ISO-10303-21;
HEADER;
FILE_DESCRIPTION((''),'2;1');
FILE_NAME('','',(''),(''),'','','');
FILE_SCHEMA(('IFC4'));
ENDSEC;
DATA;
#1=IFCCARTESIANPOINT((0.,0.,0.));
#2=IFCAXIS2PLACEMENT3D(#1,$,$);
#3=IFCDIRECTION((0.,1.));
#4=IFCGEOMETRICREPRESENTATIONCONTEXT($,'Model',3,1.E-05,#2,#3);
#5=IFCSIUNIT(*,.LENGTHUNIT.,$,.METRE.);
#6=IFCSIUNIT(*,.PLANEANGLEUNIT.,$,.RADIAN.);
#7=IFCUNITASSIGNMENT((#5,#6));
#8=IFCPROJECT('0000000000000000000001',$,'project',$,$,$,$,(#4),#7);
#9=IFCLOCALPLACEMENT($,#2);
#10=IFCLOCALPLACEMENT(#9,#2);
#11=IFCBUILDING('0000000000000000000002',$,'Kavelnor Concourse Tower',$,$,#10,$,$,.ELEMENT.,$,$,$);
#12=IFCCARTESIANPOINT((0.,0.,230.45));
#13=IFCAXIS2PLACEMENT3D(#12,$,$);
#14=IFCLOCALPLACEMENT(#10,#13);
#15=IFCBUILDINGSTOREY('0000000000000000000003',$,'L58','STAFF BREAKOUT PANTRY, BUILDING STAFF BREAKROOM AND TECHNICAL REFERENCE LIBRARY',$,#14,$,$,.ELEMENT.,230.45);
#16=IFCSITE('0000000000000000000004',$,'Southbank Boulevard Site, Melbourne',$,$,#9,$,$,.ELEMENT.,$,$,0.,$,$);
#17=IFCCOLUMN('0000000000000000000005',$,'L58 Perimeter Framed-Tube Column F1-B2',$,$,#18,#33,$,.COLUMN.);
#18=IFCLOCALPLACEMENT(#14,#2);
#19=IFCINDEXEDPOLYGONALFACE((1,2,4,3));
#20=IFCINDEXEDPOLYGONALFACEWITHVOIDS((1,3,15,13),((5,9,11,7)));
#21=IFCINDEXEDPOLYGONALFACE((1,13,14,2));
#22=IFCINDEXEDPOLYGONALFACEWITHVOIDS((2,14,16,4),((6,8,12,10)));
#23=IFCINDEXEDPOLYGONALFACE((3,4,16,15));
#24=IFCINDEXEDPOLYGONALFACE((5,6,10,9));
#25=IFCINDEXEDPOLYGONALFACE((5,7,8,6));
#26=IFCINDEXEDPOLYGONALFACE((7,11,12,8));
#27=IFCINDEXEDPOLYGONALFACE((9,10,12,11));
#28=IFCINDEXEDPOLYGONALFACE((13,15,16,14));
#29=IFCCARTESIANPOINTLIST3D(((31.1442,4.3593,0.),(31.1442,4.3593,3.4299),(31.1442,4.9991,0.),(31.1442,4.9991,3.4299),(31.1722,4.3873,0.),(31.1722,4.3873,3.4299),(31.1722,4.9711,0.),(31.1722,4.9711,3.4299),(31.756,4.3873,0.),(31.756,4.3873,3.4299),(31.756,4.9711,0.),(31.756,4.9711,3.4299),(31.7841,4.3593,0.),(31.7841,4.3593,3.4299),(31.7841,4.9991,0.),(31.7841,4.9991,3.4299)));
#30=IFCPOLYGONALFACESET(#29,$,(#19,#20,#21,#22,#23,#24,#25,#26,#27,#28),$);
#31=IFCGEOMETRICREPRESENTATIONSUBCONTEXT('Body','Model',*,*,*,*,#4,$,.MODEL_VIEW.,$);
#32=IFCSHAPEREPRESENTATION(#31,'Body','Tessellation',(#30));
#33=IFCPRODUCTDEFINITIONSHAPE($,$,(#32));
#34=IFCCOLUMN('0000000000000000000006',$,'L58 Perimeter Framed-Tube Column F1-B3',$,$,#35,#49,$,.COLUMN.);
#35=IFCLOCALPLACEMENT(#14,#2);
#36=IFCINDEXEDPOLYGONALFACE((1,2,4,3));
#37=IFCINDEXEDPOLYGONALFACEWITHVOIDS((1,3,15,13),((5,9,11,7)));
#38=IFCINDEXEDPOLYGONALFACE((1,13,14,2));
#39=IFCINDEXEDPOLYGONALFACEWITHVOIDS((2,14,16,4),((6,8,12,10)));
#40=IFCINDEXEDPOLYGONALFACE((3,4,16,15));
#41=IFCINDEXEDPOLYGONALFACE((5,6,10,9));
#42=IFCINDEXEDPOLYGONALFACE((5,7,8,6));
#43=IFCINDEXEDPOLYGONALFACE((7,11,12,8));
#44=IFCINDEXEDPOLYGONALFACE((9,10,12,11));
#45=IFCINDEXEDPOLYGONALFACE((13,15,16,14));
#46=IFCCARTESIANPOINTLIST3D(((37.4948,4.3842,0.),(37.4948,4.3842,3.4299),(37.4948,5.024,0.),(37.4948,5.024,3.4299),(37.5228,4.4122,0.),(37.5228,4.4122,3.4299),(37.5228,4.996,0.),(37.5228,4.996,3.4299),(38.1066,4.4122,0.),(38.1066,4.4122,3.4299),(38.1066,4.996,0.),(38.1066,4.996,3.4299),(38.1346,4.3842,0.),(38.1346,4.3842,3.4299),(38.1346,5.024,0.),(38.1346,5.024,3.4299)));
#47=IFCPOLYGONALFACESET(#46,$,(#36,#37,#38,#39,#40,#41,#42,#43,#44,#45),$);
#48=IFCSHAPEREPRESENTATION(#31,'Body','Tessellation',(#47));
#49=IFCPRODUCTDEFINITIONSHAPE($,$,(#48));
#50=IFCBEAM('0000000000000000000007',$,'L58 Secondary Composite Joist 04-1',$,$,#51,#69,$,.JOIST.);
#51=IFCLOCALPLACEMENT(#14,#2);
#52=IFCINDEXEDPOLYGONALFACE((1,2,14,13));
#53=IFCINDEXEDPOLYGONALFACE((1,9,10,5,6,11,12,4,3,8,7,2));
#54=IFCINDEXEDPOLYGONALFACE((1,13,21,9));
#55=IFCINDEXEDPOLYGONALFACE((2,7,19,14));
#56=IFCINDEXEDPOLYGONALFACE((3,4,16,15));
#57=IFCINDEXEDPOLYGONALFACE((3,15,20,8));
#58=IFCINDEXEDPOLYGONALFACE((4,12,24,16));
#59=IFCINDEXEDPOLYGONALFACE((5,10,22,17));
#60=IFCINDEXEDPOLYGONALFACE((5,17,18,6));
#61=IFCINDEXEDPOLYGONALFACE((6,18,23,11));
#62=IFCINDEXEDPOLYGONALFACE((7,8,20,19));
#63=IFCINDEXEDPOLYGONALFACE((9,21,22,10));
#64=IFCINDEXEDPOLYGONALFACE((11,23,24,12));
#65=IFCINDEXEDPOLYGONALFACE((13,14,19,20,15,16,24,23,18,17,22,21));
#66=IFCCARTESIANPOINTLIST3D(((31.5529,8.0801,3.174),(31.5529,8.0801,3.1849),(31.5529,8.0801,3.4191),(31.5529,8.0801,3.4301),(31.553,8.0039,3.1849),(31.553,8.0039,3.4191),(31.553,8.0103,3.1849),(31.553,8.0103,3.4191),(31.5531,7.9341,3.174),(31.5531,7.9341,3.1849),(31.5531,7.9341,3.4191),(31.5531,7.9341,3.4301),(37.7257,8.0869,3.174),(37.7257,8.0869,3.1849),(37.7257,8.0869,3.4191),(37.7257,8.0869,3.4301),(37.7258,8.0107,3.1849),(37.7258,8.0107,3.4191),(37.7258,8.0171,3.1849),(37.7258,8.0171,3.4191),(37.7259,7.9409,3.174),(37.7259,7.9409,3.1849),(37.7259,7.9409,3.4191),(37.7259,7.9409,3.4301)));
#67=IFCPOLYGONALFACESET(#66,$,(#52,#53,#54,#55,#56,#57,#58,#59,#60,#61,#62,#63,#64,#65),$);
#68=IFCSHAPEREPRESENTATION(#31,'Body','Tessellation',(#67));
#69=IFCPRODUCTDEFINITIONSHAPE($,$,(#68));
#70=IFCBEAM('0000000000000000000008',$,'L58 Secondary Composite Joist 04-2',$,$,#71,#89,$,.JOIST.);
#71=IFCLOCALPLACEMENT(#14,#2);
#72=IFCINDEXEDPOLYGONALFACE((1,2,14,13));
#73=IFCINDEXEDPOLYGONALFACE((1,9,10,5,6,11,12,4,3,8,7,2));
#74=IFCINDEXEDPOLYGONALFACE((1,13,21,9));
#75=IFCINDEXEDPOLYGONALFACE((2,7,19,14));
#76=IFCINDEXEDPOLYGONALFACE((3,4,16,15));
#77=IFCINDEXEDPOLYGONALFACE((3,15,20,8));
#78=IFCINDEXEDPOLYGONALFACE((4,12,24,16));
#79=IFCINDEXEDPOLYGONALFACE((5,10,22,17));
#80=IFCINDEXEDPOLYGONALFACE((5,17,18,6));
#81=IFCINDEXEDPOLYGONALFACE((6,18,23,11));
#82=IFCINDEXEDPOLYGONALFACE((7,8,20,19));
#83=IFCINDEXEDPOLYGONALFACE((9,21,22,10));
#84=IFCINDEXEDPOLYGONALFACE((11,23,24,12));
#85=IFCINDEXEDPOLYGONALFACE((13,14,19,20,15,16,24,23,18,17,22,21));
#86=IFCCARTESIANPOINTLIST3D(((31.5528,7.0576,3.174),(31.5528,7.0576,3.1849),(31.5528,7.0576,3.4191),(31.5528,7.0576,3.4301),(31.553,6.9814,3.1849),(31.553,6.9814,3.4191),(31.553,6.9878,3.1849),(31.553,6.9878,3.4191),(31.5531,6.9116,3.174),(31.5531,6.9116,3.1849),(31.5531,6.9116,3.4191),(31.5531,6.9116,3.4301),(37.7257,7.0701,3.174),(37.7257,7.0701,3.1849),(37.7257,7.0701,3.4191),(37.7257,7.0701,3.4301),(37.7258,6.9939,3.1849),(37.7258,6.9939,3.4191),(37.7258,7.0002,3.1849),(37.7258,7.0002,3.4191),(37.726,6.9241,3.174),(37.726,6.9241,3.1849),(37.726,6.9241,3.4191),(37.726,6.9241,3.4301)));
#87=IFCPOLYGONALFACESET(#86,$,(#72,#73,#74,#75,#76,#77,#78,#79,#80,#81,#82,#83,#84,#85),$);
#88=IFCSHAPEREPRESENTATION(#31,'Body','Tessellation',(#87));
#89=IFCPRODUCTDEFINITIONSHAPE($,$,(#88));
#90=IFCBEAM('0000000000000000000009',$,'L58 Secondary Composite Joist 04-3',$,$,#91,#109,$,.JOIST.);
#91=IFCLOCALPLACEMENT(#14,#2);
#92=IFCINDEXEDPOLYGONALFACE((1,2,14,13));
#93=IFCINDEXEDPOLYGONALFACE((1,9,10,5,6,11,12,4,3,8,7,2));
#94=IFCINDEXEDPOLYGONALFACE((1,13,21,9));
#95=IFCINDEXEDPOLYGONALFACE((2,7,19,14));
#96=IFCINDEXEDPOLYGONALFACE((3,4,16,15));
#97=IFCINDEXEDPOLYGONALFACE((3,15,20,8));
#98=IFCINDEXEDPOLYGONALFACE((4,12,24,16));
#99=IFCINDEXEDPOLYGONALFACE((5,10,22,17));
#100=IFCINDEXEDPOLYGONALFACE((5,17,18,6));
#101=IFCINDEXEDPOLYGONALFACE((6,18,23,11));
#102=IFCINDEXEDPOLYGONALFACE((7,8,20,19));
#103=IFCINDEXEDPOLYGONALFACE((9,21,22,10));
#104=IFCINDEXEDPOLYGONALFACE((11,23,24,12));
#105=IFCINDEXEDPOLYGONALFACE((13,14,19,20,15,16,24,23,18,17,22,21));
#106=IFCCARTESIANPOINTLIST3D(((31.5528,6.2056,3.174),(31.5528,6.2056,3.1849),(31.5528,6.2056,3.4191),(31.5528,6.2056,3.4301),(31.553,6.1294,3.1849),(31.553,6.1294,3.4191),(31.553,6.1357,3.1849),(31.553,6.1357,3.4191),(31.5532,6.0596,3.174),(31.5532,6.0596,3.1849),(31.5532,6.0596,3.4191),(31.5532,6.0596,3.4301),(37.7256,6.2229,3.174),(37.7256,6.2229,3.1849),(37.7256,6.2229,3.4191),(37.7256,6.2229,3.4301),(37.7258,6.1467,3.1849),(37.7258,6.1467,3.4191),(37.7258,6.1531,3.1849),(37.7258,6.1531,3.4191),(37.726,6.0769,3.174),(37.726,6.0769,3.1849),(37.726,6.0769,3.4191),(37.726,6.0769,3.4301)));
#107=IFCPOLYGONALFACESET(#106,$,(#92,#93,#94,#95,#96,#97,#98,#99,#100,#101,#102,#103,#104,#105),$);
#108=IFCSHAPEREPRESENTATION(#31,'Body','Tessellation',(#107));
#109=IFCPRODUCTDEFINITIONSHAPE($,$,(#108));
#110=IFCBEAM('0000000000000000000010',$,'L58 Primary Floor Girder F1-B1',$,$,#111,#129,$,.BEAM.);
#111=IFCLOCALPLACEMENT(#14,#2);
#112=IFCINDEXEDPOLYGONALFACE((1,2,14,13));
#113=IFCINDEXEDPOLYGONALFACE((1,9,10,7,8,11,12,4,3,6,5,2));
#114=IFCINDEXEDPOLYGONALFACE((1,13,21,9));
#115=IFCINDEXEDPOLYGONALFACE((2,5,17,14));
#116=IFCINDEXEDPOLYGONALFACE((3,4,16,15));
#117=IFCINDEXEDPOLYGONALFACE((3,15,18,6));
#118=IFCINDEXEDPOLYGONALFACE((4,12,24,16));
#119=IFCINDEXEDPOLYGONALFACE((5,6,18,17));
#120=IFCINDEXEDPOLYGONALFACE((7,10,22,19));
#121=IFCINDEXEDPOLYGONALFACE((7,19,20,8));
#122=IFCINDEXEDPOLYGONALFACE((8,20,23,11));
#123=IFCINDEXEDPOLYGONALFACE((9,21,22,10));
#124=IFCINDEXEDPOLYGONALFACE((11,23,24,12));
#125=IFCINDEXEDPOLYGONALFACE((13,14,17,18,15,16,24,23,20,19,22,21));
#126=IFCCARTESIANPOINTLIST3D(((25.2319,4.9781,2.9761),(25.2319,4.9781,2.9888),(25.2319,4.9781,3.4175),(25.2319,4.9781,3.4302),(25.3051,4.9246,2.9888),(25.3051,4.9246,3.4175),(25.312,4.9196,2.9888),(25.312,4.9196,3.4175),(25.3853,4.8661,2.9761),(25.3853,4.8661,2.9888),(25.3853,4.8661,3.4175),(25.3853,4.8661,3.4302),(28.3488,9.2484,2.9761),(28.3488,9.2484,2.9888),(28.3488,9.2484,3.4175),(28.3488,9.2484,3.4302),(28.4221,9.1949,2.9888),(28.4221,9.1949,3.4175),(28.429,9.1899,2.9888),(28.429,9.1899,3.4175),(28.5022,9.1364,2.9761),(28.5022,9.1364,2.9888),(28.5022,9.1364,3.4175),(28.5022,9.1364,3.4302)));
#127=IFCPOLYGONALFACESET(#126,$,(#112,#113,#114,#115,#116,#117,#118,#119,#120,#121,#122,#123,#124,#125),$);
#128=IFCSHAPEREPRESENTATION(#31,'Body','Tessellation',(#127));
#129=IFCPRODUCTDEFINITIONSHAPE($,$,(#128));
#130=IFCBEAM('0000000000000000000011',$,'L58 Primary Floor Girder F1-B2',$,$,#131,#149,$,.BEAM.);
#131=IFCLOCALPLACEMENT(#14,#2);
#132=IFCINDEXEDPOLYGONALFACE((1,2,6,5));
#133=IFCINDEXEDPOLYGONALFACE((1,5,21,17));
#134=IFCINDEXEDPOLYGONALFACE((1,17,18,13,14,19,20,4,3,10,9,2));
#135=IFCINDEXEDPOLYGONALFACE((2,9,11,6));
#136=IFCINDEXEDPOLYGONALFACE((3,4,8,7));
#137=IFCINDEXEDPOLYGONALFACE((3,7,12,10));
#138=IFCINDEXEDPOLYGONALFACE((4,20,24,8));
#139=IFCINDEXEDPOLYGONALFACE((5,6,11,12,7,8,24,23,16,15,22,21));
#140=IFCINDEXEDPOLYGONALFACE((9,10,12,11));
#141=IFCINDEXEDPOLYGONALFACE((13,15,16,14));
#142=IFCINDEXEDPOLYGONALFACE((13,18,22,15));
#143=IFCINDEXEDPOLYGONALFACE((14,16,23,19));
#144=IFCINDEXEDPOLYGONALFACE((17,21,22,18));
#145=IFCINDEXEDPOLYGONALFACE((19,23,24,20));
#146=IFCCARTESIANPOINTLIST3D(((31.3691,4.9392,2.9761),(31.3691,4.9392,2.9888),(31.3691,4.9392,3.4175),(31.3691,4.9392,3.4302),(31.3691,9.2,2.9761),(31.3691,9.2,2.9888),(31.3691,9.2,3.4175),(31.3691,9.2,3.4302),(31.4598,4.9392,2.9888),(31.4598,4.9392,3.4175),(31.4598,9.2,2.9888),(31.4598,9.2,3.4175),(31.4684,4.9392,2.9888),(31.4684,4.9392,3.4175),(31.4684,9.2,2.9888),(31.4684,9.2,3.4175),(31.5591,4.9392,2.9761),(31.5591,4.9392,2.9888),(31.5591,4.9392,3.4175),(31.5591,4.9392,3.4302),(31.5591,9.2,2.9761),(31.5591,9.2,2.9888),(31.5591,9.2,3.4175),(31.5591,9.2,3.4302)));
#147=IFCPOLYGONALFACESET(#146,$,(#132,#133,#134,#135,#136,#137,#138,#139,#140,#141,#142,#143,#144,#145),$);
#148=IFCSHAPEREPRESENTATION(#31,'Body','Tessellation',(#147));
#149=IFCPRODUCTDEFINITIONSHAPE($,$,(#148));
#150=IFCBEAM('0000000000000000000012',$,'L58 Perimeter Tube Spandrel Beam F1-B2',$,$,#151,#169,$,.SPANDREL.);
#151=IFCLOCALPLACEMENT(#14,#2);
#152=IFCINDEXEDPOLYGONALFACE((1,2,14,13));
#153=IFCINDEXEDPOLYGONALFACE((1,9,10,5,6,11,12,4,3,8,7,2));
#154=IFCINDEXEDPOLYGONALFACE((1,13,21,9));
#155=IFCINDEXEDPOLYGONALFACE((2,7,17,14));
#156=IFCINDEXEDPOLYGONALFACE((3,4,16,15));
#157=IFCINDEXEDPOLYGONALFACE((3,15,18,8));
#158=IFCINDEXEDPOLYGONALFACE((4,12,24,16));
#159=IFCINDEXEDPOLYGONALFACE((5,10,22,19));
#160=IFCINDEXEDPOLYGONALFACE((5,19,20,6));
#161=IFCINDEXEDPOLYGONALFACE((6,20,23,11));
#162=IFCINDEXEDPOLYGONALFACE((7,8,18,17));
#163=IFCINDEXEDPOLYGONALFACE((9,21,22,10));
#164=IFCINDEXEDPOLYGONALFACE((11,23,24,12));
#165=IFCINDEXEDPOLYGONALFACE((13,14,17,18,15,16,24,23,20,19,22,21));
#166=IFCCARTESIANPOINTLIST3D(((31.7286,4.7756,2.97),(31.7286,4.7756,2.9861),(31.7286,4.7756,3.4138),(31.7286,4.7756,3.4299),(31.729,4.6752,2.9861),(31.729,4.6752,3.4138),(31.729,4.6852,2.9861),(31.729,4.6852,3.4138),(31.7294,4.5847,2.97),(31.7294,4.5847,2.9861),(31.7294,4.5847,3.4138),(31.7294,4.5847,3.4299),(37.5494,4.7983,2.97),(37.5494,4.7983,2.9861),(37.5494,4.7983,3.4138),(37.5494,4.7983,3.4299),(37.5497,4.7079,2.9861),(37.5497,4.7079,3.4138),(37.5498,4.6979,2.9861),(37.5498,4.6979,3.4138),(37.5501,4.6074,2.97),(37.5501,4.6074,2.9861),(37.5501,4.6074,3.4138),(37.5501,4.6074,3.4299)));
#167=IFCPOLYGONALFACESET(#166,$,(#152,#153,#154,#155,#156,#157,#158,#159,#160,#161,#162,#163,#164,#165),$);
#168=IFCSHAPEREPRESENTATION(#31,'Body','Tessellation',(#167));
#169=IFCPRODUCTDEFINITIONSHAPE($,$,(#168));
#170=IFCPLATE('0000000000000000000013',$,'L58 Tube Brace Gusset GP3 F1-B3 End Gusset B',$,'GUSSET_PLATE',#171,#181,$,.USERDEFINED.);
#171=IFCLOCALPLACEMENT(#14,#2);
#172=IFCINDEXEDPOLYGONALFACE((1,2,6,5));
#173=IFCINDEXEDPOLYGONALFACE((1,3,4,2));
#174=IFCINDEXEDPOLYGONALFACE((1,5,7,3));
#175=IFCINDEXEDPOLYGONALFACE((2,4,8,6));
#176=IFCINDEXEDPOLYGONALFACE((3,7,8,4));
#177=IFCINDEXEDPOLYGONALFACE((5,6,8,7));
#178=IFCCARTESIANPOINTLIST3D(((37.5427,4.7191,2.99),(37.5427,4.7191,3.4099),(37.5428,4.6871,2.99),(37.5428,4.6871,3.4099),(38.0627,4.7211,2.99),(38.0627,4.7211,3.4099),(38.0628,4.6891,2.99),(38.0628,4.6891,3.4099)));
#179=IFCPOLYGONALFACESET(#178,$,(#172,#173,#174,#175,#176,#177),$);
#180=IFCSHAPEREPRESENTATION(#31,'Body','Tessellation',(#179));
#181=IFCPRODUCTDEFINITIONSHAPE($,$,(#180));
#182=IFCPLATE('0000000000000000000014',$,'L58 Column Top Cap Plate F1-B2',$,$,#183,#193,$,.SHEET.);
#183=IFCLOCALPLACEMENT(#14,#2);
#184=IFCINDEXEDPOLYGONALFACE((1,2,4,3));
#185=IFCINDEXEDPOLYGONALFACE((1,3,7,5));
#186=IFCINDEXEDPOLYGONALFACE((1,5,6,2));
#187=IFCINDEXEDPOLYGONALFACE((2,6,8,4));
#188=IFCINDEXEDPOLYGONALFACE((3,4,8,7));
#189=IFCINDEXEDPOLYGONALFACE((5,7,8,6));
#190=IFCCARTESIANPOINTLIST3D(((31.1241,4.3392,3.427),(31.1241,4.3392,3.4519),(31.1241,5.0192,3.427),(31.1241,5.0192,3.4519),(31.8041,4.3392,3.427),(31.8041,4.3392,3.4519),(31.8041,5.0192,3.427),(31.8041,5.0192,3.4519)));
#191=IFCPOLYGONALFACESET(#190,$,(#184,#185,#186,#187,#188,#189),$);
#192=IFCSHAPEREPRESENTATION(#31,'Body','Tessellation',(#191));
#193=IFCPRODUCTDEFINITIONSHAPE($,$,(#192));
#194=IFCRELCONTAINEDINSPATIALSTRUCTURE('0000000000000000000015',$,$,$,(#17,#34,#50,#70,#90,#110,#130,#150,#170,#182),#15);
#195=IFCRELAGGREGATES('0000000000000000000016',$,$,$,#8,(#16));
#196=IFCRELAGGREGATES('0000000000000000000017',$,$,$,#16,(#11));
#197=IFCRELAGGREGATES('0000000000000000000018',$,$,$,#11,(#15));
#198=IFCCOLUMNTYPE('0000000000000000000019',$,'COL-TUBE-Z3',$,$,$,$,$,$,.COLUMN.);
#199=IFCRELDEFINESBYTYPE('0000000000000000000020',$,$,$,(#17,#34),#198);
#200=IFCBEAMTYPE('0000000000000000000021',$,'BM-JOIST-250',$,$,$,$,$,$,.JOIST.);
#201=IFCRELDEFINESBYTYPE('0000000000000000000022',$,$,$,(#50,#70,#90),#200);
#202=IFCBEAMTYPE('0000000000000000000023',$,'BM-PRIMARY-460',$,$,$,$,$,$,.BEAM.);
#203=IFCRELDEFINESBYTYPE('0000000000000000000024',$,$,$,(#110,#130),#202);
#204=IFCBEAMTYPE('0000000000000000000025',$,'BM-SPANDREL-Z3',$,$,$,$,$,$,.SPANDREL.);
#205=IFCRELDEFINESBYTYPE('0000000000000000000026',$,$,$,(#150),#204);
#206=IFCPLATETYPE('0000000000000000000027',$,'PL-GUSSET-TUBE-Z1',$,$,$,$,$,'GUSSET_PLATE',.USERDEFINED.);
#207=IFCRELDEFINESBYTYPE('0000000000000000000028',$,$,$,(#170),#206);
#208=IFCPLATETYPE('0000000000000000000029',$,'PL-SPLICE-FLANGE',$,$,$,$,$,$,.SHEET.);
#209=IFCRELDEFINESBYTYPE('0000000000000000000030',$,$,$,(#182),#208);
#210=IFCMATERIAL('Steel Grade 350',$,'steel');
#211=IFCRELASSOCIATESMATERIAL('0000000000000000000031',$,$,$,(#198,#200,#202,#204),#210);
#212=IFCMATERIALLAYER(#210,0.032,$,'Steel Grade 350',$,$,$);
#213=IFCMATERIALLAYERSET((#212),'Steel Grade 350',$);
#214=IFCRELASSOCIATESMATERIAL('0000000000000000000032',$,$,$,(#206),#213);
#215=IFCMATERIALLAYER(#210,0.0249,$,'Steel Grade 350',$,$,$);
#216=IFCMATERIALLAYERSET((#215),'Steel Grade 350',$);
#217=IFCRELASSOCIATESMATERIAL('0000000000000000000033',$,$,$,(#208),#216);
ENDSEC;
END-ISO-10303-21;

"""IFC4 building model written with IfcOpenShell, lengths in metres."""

from ifc_helpers import new_model, si_unit, direction, frame, origin, origin_2d, place, context, subcontext, project, spatial, rectangle, hollow_rectangle, i_section, extrude, material, layer, layer_set, material_profile, profile_set, type_object, element, save


model = new_model("IFC4")

# Units and contexts
model_context = context("Model", 3, precision=1e-05, world=origin(), true_north=direction((0.0, 1.0)))
body_context = subcontext(model_context, "Body", "Model", "MODEL_VIEW")
ifc_project = project(units=[si_unit("LENGTHUNIT", "METRE"), si_unit("PLANEANGLEUNIT", "RADIAN")], contexts=[model_context])

# Site, building, storey
site_placement = place(None, origin())
site = spatial("IfcSite", under=ifc_project, at=site_placement, Name="Southbank Boulevard Site, Melbourne", CompositionType="ELEMENT", RefElevation=0.0)
building_placement = place(site_placement, origin())
building = spatial("IfcBuilding", under=site, at=building_placement, Name="Kavelnor Concourse Tower", CompositionType="ELEMENT")
storey_placement = place(building_placement, frame((0.0, 0.0, 230.45)))
storey = spatial("IfcBuildingStorey", under=building, at=storey_placement, Name="L58", Description="STAFF BREAKOUT PANTRY, BUILDING STAFF BREAKROOM AND TECHNICAL REFERENCE LIBRARY", CompositionType="ELEMENT", Elevation=230.45)

# Columns
ifc_material_1 = material(Name="Steel Grade 350", Category="steel")
ifc_material_profile_1 = material_profile(ifc_material_1, hollow_rectangle(XDim=0.6399, YDim=0.6399, WallThickness=0.0281, at=origin_2d()), Name="SHS 640x640x28")
ifc_profile_set_1 = profile_set([ifc_material_profile_1], Name="Steel Grade 350")
column_type = type_object("IfcColumnType", Name="COL-TUBE-Z3", PredefinedType="COLUMN", material=ifc_profile_set_1)
for number, where, z_axis, x_axis, name in (
    (1, (31.4641, 4.6792, 0.0), (0.0, 0.0, 1.0), (1.0, 0.0, 0.0), "L58 Perimeter Framed-Tube Column F1-B2"),
    (2, (37.8147, 4.7041, 0.0), (0.0, 0.0, 1.0), (1.0, 0.0, 0.0), "L58 Perimeter Framed-Tube Column F1-B3"),
):
    element("IfcColumn", number, at=place(storey_placement, frame(where, z_axis=z_axis, x_axis=x_axis)), inside=storey, type_object=column_type, Name=name, PredefinedType="COLUMN", context=body_context, shape_type="SweptSolid", body=[
        extrude(hollow_rectangle(XDim=0.6399, YDim=0.6399, WallThickness=0.0281, at=origin_2d()), origin(), (0.0, 0.0, 1.0), 3.4299),
    ])

# Beams
ifc_material_profile_2 = material_profile(ifc_material_1, i_section(OverallWidth=0.146, OverallDepth=0.2561, WebThickness=0.0063, FlangeThickness=0.011, at=origin_2d()), Name="250UB37")
ifc_profile_set_2 = profile_set([ifc_material_profile_2], Name="Steel Grade 350")
beam_type_1 = type_object("IfcBeamType", Name="BM-JOIST-250", PredefinedType="JOIST", material=ifc_profile_set_2)
for number, where, z_axis, x_axis, name in (
    (3, (31.553, 8.0071, 3.302), (0.999999, 0.001107, 0.0), (-0.001107, 0.999999, 0.0), "L58 Secondary Composite Joist 04-1"),
    (4, (31.553, 6.9846, 3.302), (0.999998, 0.002017, 0.0), (-0.002017, 0.999998, 0.0), "L58 Secondary Composite Joist 04-2"),
    (5, (31.553, 6.1326, 3.302), (0.999996, 0.002808, 0.0), (-0.002808, 0.999996, 0.0), "L58 Secondary Composite Joist 04-3"),
):
    element("IfcBeam", number, at=place(storey_placement, frame(where, z_axis=z_axis, x_axis=x_axis)), inside=storey, type_object=beam_type_1, Name=name, PredefinedType="JOIST", context=body_context, shape_type="SweptSolid", body=[
        extrude(i_section(OverallWidth=0.146, OverallDepth=0.2561, WebThickness=0.0063, FlangeThickness=0.011, at=origin_2d()), origin(), (0.0, 0.0, 1.0), 6.1729),
    ])
ifc_material_profile_3 = material_profile(ifc_material_1, i_section(OverallWidth=0.1899, OverallDepth=0.4541, WebThickness=0.0085, FlangeThickness=0.0127, at=origin_2d()), Name="460UB67")
ifc_profile_set_3 = profile_set([ifc_material_profile_3], Name="Steel Grade 350")
beam_type_2 = type_object("IfcBeamType", Name="BM-PRIMARY-460", PredefinedType="BEAM", material=ifc_profile_set_3)
beam_1_placement = place(storey_placement, frame((28.4255, 9.1924, 3.2031), z_axis=(-0.589568, -0.807718, 0.0), x_axis=(0.807718, -0.589568, 0.0)))
element("IfcBeam", 6, at=beam_1_placement, inside=storey, type_object=beam_type_2, Name="L58 Primary Floor Girder F1-B1", PredefinedType="BEAM", context=body_context, shape_type="SweptSolid", body=[
    extrude(i_section(OverallWidth=0.1899, OverallDepth=0.4541, WebThickness=0.0085, FlangeThickness=0.0127, at=origin_2d()), origin(), (0.0, 0.0, 1.0), 5.2869),
])
beam_2_placement = place(storey_placement, frame((31.4641, 9.2, 3.2031), z_axis=(0.0, -1.0, 0.0), x_axis=(1.0, 0.0, 0.0)))
element("IfcBeam", 7, at=beam_2_placement, inside=storey, type_object=beam_type_2, Name="L58 Primary Floor Girder F1-B2", PredefinedType="BEAM", context=body_context, shape_type="SweptSolid", body=[
    extrude(i_section(OverallWidth=0.1899, OverallDepth=0.4541, WebThickness=0.0085, FlangeThickness=0.0127, at=origin_2d()), origin(), (0.0, 0.0, 1.0), 4.2607),
])
ifc_material_profile_4 = material_profile(ifc_material_1, i_section(OverallWidth=0.1909, OverallDepth=0.46, WebThickness=0.01, FlangeThickness=0.0161, at=origin_2d()), Name="460UB82")
ifc_profile_set_4 = profile_set([ifc_material_profile_4], Name="Steel Grade 350")
beam_type_3 = type_object("IfcBeamType", Name="BM-SPANDREL-Z3", PredefinedType="SPANDREL", material=ifc_profile_set_4)
beam_3_placement = place(storey_placement, frame((31.729, 4.6802, 3.2), z_axis=(0.999992, 0.003901, 0.0), x_axis=(-0.003901, 0.999992, 0.0)))
element("IfcBeam", 8, at=beam_3_placement, inside=storey, type_object=beam_type_3, Name="L58 Perimeter Tube Spandrel Beam F1-B2", PredefinedType="SPANDREL", context=body_context, shape_type="SweptSolid", body=[
    extrude(i_section(OverallWidth=0.1909, OverallDepth=0.46, WebThickness=0.01, FlangeThickness=0.0161, at=origin_2d()), origin(), (0.0, 0.0, 1.0), 5.8208),
])

# Plates
ifc_layer_1 = layer(ifc_material_1, 0.032, Name="Steel Grade 350")
ifc_layer_set_1 = layer_set([ifc_layer_1], Name="Steel Grade 350")
plate_type_1 = type_object("IfcPlateType", Name="PL-GUSSET-TUBE-Z1", ElementType="GUSSET_PLATE", PredefinedType="USERDEFINED", material=ifc_layer_set_1)
plate_1_placement = place(storey_placement, frame((37.8027, 4.7041, 2.99), z_axis=(0.0, 0.0, 1.0), x_axis=(-0.999993, -0.00384, 0.0)))
element("IfcPlate", 9, at=plate_1_placement, inside=storey, type_object=plate_type_1, Name="L58 Tube Brace Gusset GP3 F1-B3 End Gusset B", ObjectType="GUSSET_PLATE", PredefinedType="USERDEFINED", context=body_context, shape_type="SweptSolid", body=[
    extrude(rectangle(XDim=0.52, YDim=0.032, at=origin_2d()), origin(), (0.0, 0.0, 1.0), 0.4199),
])
ifc_layer_2 = layer(ifc_material_1, 0.0249, Name="Steel Grade 350")
ifc_layer_set_2 = layer_set([ifc_layer_2], Name="Steel Grade 350")
plate_type_2 = type_object("IfcPlateType", Name="PL-SPLICE-FLANGE", PredefinedType="SHEET", material=ifc_layer_set_2)
plate_2_placement = place(storey_placement, frame((31.4641, 4.6792, 3.427), z_axis=(0.0, 0.0, 1.0), x_axis=(1.0, 0.0, 0.0)))
element("IfcPlate", 10, at=plate_2_placement, inside=storey, type_object=plate_type_2, Name="L58 Column Top Cap Plate F1-B2", PredefinedType="SHEET", context=body_context, shape_type="SweptSolid", body=[
    extrude(rectangle(XDim=0.6799, YDim=0.6799, at=origin_2d()), origin(), (0.0, 0.0, 1.0), 0.0249),
])

save(model, "model.ifc")
